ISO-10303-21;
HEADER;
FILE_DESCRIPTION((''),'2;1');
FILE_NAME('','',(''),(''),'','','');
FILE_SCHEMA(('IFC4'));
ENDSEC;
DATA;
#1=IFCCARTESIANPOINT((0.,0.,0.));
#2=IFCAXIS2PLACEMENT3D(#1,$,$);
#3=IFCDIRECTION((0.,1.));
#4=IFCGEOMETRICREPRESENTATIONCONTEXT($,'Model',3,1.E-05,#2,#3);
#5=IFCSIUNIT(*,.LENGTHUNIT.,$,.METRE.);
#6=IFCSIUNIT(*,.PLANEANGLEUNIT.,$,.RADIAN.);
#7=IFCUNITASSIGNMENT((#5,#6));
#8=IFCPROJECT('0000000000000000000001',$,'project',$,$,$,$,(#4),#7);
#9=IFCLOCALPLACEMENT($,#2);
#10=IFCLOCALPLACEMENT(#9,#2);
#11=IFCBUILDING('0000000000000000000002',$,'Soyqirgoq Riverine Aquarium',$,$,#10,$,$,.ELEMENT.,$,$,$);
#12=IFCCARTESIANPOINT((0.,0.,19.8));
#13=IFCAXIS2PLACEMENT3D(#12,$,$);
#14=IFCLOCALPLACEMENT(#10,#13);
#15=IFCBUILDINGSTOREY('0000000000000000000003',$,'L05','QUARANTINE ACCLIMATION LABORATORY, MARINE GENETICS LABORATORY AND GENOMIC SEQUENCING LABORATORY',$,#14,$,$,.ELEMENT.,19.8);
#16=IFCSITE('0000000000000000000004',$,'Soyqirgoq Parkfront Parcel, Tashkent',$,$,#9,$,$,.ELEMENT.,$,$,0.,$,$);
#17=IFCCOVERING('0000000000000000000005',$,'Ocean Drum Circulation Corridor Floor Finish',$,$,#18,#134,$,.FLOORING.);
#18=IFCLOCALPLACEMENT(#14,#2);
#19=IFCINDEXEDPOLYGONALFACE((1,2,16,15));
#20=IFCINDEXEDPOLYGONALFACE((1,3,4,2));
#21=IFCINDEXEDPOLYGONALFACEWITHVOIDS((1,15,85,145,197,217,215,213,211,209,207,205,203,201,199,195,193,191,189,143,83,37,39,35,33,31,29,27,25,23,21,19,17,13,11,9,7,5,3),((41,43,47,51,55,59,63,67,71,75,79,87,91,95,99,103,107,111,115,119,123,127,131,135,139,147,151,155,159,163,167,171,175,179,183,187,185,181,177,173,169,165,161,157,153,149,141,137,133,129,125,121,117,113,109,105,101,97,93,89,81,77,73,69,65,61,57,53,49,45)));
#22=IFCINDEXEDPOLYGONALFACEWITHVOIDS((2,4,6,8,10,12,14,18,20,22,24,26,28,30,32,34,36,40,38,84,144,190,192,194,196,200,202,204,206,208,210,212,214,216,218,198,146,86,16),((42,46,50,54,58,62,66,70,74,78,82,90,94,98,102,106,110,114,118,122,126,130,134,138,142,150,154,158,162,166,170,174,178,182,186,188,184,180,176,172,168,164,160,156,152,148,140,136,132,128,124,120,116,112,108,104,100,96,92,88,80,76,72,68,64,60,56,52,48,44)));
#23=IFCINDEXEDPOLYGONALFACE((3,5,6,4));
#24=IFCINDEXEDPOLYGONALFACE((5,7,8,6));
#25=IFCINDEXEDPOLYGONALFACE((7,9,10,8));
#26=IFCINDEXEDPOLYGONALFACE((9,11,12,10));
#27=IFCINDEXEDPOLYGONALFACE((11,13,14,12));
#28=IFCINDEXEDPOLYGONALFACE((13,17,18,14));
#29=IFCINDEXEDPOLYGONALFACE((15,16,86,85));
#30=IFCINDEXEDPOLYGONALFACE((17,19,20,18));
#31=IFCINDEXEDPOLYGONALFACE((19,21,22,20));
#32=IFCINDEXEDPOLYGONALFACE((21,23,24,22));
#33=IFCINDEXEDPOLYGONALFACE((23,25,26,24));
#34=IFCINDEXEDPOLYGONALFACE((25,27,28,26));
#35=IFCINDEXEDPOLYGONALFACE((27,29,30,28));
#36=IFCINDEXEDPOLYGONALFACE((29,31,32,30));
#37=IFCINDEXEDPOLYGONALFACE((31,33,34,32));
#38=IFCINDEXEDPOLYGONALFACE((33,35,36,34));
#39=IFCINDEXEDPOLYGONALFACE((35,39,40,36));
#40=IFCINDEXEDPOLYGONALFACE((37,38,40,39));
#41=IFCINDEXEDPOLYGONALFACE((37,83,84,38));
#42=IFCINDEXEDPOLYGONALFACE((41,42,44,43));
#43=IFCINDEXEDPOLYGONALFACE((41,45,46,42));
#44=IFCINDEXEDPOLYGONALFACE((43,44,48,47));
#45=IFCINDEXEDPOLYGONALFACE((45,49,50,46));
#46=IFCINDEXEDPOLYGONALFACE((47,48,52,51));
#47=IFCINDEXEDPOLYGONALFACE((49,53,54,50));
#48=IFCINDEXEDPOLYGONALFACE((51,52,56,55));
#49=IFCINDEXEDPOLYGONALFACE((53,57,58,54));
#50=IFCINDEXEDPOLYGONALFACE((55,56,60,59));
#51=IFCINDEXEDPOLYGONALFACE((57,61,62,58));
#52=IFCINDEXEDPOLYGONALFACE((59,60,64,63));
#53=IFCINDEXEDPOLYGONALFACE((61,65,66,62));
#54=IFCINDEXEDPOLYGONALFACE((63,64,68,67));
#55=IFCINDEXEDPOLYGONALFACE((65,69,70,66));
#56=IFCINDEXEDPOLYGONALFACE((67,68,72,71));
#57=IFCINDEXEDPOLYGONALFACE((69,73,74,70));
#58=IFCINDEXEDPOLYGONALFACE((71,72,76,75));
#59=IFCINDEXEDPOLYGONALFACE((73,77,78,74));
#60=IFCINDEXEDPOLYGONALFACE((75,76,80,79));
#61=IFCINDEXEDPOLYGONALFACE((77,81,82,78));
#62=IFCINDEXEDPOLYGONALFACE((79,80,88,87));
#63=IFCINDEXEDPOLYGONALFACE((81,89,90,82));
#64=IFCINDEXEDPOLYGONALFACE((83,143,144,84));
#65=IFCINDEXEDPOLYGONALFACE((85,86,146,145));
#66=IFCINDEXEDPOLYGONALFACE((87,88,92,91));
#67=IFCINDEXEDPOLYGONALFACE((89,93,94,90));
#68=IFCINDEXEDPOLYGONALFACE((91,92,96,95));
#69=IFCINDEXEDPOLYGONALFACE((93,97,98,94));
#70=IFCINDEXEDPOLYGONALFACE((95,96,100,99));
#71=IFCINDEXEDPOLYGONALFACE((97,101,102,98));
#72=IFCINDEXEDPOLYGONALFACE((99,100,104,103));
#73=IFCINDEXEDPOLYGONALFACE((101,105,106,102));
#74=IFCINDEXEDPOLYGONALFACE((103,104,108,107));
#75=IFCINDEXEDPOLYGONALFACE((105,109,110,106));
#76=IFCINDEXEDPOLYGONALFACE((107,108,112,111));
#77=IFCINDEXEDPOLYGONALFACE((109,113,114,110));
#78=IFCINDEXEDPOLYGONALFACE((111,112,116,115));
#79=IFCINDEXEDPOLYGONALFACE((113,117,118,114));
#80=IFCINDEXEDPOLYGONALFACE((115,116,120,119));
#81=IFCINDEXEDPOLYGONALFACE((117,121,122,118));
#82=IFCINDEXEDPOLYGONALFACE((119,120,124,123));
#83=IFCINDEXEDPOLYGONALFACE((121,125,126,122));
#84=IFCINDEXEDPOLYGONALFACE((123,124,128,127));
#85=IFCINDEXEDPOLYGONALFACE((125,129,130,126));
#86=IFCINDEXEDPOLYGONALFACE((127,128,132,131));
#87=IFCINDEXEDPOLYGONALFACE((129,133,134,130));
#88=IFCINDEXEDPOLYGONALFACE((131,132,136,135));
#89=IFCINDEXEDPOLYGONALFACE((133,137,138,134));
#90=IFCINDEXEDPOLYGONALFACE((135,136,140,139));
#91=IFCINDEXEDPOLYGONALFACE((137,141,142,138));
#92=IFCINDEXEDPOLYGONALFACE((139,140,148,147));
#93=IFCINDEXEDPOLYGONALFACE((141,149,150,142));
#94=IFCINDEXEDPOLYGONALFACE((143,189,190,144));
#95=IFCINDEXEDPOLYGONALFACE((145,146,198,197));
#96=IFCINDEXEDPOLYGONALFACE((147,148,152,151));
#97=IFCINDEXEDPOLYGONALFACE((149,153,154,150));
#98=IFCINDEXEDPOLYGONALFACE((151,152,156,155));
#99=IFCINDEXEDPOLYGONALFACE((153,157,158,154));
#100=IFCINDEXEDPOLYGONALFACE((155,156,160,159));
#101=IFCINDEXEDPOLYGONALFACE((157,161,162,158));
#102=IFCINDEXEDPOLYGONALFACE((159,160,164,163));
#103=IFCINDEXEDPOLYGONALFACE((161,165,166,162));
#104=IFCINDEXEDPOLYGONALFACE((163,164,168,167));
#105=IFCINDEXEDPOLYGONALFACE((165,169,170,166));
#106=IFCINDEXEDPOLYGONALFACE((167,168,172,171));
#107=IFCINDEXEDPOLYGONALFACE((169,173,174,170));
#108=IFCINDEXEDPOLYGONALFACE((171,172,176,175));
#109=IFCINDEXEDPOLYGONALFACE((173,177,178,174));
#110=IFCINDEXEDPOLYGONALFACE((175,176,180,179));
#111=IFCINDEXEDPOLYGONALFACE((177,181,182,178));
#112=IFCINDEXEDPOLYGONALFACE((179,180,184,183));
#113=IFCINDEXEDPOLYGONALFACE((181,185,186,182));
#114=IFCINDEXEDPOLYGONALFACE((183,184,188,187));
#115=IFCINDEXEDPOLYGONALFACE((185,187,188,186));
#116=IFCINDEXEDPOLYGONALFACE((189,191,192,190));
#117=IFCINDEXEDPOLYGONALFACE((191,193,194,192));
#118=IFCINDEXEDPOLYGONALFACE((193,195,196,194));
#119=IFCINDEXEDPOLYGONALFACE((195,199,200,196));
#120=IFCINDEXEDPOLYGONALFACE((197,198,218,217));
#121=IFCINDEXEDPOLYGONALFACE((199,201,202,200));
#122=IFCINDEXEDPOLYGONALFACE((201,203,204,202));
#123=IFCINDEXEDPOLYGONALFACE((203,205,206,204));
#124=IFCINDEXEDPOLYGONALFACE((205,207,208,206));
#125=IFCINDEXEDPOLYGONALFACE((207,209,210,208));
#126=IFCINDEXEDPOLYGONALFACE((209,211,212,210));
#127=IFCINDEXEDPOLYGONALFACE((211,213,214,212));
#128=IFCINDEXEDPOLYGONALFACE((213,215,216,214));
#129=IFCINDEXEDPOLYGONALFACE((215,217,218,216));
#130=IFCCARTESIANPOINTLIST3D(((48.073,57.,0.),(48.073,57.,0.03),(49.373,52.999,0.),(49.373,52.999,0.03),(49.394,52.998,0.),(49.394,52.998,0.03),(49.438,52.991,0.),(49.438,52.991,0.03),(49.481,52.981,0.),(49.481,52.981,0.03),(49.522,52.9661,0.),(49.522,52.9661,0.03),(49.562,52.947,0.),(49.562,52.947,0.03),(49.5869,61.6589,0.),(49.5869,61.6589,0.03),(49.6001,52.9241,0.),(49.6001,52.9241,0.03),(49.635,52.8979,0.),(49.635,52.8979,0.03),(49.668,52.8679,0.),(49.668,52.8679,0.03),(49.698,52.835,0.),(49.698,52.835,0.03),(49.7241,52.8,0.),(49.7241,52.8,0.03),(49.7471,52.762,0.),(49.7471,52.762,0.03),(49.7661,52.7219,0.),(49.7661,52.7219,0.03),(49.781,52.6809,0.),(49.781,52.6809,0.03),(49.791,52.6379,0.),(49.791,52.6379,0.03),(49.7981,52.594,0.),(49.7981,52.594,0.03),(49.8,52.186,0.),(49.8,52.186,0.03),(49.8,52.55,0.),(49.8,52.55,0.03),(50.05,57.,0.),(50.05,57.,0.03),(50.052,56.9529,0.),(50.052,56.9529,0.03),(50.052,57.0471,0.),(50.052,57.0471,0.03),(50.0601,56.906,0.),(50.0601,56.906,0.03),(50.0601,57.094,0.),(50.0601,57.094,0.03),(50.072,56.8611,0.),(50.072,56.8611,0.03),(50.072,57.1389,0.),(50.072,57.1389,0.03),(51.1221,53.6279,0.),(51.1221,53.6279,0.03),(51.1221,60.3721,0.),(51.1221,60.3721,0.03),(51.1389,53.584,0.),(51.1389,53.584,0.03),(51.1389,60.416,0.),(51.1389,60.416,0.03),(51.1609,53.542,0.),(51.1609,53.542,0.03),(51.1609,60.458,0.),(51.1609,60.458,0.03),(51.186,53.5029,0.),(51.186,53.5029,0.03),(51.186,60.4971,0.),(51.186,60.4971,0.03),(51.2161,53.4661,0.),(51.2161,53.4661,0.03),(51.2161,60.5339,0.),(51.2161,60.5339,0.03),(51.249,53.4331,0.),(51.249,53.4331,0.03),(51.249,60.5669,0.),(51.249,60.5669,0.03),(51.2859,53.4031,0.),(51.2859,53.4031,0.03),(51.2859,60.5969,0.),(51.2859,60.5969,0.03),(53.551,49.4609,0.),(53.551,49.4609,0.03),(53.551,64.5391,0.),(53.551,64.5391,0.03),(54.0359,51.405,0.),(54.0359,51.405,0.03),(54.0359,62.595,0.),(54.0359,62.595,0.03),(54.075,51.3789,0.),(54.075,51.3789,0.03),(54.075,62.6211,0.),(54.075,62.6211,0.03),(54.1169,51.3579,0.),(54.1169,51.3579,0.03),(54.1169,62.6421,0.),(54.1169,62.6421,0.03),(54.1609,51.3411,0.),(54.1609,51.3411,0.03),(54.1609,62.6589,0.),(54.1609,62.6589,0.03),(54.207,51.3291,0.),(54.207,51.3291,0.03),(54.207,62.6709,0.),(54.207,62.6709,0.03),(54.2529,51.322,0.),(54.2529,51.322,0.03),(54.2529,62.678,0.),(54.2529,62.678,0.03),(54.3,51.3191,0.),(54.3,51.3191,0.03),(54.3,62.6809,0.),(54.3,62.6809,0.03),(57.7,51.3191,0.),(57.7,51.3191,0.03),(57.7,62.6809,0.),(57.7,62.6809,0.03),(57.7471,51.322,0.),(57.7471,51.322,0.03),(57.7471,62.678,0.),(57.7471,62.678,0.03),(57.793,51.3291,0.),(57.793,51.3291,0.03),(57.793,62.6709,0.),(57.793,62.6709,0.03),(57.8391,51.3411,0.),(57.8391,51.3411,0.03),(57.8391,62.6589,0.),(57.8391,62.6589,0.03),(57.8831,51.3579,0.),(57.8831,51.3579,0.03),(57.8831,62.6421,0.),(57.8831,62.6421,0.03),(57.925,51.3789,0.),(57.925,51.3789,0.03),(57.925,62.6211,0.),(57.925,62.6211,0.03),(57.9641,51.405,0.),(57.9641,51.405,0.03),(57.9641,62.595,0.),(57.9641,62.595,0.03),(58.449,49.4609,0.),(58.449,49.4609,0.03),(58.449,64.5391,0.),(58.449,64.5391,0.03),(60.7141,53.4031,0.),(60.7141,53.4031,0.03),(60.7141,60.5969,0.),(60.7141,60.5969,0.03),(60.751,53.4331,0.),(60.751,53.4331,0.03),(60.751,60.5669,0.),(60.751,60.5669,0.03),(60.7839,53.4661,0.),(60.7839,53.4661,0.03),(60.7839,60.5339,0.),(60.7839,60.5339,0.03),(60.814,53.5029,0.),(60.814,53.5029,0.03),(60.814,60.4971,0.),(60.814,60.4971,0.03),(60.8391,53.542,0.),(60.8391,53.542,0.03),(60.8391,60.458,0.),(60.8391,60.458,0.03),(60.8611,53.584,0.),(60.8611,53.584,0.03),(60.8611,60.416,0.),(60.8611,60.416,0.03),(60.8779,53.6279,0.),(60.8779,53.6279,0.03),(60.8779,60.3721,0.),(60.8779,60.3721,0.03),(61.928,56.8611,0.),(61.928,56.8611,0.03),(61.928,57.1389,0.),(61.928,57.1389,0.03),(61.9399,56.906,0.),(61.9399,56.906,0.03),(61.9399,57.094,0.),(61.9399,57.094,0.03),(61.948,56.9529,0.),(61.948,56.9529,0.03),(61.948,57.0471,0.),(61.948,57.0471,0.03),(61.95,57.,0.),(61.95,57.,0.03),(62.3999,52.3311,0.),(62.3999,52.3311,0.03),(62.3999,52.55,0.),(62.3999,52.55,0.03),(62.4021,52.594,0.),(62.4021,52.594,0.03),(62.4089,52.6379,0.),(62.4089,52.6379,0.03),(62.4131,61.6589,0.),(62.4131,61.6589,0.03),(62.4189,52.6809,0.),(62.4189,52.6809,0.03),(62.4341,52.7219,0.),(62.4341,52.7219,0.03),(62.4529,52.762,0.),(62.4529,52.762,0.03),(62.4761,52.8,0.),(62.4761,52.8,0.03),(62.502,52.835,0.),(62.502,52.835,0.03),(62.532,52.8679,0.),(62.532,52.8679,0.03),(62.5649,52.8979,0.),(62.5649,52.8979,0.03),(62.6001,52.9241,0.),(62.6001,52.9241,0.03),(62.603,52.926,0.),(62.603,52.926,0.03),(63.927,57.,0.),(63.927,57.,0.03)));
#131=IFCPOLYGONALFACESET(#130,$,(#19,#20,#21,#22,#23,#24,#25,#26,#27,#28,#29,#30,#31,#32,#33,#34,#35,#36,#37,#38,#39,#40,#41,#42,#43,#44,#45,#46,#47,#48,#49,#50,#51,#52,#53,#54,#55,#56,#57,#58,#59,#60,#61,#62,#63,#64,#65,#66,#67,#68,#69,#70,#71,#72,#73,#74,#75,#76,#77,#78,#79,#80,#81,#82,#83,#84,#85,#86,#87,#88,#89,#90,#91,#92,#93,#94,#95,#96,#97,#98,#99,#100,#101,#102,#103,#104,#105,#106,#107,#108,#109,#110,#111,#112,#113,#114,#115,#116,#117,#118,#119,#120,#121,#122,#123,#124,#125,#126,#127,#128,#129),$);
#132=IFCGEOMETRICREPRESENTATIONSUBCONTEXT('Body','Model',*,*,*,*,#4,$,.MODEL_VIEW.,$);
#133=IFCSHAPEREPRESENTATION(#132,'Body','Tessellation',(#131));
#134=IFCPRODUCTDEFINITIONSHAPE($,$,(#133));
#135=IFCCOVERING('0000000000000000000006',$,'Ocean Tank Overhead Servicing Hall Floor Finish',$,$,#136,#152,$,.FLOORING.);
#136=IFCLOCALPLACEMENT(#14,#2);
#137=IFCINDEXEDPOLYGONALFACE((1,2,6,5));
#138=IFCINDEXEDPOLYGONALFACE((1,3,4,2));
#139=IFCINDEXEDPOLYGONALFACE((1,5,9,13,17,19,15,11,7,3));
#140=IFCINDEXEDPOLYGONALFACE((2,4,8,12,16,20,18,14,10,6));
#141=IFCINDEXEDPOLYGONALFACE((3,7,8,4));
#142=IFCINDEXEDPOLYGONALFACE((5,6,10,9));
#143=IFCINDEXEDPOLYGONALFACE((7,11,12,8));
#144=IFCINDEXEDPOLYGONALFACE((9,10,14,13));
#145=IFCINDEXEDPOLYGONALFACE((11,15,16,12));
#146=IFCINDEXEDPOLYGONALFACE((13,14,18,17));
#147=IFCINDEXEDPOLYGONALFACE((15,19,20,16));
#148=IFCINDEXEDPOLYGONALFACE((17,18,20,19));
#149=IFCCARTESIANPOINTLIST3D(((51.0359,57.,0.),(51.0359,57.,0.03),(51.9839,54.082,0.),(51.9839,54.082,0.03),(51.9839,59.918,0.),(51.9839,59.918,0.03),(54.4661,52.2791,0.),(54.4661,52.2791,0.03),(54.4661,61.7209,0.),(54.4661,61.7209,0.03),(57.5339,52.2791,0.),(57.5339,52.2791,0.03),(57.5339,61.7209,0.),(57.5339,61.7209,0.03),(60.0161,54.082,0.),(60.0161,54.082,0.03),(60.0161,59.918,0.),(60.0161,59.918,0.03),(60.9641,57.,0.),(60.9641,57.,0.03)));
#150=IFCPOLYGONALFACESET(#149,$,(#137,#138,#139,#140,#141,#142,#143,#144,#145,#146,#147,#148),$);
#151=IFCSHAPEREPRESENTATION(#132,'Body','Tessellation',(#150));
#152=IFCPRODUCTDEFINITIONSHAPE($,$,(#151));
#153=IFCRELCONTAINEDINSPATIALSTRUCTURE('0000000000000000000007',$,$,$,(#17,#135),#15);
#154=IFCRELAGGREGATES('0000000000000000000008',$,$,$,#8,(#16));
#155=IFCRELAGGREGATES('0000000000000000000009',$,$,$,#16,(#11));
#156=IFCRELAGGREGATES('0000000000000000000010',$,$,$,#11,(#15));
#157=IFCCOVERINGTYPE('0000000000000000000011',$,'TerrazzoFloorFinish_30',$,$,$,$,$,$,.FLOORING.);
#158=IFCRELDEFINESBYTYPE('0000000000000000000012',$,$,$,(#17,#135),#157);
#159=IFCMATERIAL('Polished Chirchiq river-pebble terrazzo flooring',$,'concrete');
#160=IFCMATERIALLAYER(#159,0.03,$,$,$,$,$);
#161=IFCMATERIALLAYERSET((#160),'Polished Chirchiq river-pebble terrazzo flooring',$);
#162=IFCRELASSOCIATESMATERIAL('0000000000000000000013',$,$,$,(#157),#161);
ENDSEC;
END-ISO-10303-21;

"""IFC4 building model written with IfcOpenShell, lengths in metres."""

from ifc_helpers import new_model, si_unit, direction, frame, origin, place, context, subcontext, project, spatial, polyline, outline, extrude, material, layer, layer_set, type_object, element, save


model = new_model("IFC4")

# Units and contexts
model_context = context("Model", 3, precision=1e-05, world=origin(), true_north=direction((0.0, 1.0)))
body_context = subcontext(model_context, "Body", "Model", "MODEL_VIEW")
ifc_project = project(units=[si_unit("LENGTHUNIT", "METRE"), si_unit("PLANEANGLEUNIT", "RADIAN")], contexts=[model_context])

# Site, building, storey
site_placement = place(None, origin())
site = spatial("IfcSite", under=ifc_project, at=site_placement, Name="Soyqirgoq Parkfront Parcel, Tashkent", CompositionType="ELEMENT", RefElevation=0.0)
building_placement = place(site_placement, origin())
building = spatial("IfcBuilding", under=site, at=building_placement, Name="Soyqirgoq Riverine Aquarium", CompositionType="ELEMENT")
storey_placement = place(building_placement, frame((0.0, 0.0, 19.8)))
storey = spatial("IfcBuildingStorey", under=building, at=storey_placement, Name="L05", Description="QUARANTINE ACCLIMATION LABORATORY, MARINE GENETICS LABORATORY AND GENOMIC SEQUENCING LABORATORY", CompositionType="ELEMENT", Elevation=19.8)

# Coverings
ifc_material_1 = material(Name="Polished Chirchiq river-pebble terrazzo flooring", Category="concrete")
ifc_layer_1 = layer(ifc_material_1, 0.03)
ifc_layer_set_1 = layer_set([ifc_layer_1], Name="Polished Chirchiq river-pebble terrazzo flooring")
covering_type_1 = type_object("IfcCoveringType", Name="TerrazzoFloorFinish_30", PredefinedType="FLOORING", material=ifc_layer_set_1)
covering_1_placement = place(storey_placement, origin())
element("IfcCovering", 1, at=covering_1_placement, inside=storey, type_object=covering_type_1, Name="Ocean Drum Circulation Corridor Floor Finish", PredefinedType="FLOORING", context=body_context, shape_type="SweptSolid", body=[
    extrude(outline(polyline([(48.073, 57.0), (49.5869, 61.6589), (53.551, 64.5391), (58.449, 64.5391), (62.4131, 61.6589), (63.927, 57.0), (62.603, 52.926), (62.6001, 52.9241), (62.5649, 52.8979), (62.532, 52.8679), (62.502, 52.835), (62.4761, 52.8), (62.4529, 52.762), (62.4341, 52.7219), (62.4189, 52.6809), (62.4089, 52.6379), (62.4021, 52.594), (62.3999, 52.55), (62.3999, 52.3311), (58.449, 49.4609), (53.551, 49.4609), (49.8, 52.186), (49.8, 52.55), (49.7981, 52.594), (49.791, 52.6379), (49.781, 52.6809), (49.7661, 52.7219), (49.7471, 52.762), (49.7241, 52.8), (49.698, 52.835), (49.668, 52.8679), (49.635, 52.8979), (49.6001, 52.9241), (49.562, 52.947), (49.522, 52.9661), (49.481, 52.981), (49.438, 52.991), (49.394, 52.998), (49.373, 52.999), (48.073, 57.0)]), holes=[polyline([(60.7141, 60.5969), (60.751, 60.5669), (60.7839, 60.5339), (60.814, 60.4971), (60.8391, 60.458), (60.8611, 60.416), (60.8779, 60.3721), (61.928, 57.1389), (61.9399, 57.094), (61.948, 57.0471), (61.95, 57.0), (61.948, 56.9529), (61.9399, 56.906), (61.928, 56.8611), (60.8779, 53.6279), (60.8611, 53.584), (60.8391, 53.542), (60.814, 53.5029), (60.7839, 53.4661), (60.751, 53.4331), (60.7141, 53.4031), (57.9641, 51.405), (57.925, 51.3789), (57.8831, 51.3579), (57.8391, 51.3411), (57.793, 51.3291), (57.7471, 51.322), (57.7, 51.3191), (54.3, 51.3191), (54.2529, 51.322), (54.207, 51.3291), (54.1609, 51.3411), (54.1169, 51.3579), (54.075, 51.3789), (54.0359, 51.405), (51.2859, 53.4031), (51.249, 53.4331), (51.2161, 53.4661), (51.186, 53.5029), (51.1609, 53.542), (51.1389, 53.584), (51.1221, 53.6279), (50.072, 56.8611), (50.0601, 56.906), (50.052, 56.9529), (50.05, 57.0), (50.052, 57.0471), (50.0601, 57.094), (50.072, 57.1389), (51.1221, 60.3721), (51.1389, 60.416), (51.1609, 60.458), (51.186, 60.4971), (51.2161, 60.5339), (51.249, 60.5669), (51.2859, 60.5969), (54.0359, 62.595), (54.075, 62.6211), (54.1169, 62.6421), (54.1609, 62.6589), (54.207, 62.6709), (54.2529, 62.678), (54.3, 62.6809), (57.7, 62.6809), (57.7471, 62.678), (57.793, 62.6709), (57.8391, 62.6589), (57.8831, 62.6421), (57.925, 62.6211), (57.9641, 62.595), (60.7141, 60.5969)])]), origin(), (0.0, 0.0, 1.0), 0.03),
])
covering_2_placement = place(storey_placement, origin())
element("IfcCovering", 2, at=covering_2_placement, inside=storey, type_object=covering_type_1, Name="Ocean Tank Overhead Servicing Hall Floor Finish", PredefinedType="FLOORING", context=body_context, shape_type="SweptSolid", body=[
    extrude(outline(polyline([(57.5339, 52.2791), (54.4661, 52.2791), (51.9839, 54.082), (51.0359, 57.0), (51.9839, 59.918), (54.4661, 61.7209), (57.5339, 61.7209), (60.0161, 59.918), (60.9641, 57.0), (60.0161, 54.082), (57.5339, 52.2791)])), origin(), (0.0, 0.0, 1.0), 0.03),
])

save(model, "model.ifc")
